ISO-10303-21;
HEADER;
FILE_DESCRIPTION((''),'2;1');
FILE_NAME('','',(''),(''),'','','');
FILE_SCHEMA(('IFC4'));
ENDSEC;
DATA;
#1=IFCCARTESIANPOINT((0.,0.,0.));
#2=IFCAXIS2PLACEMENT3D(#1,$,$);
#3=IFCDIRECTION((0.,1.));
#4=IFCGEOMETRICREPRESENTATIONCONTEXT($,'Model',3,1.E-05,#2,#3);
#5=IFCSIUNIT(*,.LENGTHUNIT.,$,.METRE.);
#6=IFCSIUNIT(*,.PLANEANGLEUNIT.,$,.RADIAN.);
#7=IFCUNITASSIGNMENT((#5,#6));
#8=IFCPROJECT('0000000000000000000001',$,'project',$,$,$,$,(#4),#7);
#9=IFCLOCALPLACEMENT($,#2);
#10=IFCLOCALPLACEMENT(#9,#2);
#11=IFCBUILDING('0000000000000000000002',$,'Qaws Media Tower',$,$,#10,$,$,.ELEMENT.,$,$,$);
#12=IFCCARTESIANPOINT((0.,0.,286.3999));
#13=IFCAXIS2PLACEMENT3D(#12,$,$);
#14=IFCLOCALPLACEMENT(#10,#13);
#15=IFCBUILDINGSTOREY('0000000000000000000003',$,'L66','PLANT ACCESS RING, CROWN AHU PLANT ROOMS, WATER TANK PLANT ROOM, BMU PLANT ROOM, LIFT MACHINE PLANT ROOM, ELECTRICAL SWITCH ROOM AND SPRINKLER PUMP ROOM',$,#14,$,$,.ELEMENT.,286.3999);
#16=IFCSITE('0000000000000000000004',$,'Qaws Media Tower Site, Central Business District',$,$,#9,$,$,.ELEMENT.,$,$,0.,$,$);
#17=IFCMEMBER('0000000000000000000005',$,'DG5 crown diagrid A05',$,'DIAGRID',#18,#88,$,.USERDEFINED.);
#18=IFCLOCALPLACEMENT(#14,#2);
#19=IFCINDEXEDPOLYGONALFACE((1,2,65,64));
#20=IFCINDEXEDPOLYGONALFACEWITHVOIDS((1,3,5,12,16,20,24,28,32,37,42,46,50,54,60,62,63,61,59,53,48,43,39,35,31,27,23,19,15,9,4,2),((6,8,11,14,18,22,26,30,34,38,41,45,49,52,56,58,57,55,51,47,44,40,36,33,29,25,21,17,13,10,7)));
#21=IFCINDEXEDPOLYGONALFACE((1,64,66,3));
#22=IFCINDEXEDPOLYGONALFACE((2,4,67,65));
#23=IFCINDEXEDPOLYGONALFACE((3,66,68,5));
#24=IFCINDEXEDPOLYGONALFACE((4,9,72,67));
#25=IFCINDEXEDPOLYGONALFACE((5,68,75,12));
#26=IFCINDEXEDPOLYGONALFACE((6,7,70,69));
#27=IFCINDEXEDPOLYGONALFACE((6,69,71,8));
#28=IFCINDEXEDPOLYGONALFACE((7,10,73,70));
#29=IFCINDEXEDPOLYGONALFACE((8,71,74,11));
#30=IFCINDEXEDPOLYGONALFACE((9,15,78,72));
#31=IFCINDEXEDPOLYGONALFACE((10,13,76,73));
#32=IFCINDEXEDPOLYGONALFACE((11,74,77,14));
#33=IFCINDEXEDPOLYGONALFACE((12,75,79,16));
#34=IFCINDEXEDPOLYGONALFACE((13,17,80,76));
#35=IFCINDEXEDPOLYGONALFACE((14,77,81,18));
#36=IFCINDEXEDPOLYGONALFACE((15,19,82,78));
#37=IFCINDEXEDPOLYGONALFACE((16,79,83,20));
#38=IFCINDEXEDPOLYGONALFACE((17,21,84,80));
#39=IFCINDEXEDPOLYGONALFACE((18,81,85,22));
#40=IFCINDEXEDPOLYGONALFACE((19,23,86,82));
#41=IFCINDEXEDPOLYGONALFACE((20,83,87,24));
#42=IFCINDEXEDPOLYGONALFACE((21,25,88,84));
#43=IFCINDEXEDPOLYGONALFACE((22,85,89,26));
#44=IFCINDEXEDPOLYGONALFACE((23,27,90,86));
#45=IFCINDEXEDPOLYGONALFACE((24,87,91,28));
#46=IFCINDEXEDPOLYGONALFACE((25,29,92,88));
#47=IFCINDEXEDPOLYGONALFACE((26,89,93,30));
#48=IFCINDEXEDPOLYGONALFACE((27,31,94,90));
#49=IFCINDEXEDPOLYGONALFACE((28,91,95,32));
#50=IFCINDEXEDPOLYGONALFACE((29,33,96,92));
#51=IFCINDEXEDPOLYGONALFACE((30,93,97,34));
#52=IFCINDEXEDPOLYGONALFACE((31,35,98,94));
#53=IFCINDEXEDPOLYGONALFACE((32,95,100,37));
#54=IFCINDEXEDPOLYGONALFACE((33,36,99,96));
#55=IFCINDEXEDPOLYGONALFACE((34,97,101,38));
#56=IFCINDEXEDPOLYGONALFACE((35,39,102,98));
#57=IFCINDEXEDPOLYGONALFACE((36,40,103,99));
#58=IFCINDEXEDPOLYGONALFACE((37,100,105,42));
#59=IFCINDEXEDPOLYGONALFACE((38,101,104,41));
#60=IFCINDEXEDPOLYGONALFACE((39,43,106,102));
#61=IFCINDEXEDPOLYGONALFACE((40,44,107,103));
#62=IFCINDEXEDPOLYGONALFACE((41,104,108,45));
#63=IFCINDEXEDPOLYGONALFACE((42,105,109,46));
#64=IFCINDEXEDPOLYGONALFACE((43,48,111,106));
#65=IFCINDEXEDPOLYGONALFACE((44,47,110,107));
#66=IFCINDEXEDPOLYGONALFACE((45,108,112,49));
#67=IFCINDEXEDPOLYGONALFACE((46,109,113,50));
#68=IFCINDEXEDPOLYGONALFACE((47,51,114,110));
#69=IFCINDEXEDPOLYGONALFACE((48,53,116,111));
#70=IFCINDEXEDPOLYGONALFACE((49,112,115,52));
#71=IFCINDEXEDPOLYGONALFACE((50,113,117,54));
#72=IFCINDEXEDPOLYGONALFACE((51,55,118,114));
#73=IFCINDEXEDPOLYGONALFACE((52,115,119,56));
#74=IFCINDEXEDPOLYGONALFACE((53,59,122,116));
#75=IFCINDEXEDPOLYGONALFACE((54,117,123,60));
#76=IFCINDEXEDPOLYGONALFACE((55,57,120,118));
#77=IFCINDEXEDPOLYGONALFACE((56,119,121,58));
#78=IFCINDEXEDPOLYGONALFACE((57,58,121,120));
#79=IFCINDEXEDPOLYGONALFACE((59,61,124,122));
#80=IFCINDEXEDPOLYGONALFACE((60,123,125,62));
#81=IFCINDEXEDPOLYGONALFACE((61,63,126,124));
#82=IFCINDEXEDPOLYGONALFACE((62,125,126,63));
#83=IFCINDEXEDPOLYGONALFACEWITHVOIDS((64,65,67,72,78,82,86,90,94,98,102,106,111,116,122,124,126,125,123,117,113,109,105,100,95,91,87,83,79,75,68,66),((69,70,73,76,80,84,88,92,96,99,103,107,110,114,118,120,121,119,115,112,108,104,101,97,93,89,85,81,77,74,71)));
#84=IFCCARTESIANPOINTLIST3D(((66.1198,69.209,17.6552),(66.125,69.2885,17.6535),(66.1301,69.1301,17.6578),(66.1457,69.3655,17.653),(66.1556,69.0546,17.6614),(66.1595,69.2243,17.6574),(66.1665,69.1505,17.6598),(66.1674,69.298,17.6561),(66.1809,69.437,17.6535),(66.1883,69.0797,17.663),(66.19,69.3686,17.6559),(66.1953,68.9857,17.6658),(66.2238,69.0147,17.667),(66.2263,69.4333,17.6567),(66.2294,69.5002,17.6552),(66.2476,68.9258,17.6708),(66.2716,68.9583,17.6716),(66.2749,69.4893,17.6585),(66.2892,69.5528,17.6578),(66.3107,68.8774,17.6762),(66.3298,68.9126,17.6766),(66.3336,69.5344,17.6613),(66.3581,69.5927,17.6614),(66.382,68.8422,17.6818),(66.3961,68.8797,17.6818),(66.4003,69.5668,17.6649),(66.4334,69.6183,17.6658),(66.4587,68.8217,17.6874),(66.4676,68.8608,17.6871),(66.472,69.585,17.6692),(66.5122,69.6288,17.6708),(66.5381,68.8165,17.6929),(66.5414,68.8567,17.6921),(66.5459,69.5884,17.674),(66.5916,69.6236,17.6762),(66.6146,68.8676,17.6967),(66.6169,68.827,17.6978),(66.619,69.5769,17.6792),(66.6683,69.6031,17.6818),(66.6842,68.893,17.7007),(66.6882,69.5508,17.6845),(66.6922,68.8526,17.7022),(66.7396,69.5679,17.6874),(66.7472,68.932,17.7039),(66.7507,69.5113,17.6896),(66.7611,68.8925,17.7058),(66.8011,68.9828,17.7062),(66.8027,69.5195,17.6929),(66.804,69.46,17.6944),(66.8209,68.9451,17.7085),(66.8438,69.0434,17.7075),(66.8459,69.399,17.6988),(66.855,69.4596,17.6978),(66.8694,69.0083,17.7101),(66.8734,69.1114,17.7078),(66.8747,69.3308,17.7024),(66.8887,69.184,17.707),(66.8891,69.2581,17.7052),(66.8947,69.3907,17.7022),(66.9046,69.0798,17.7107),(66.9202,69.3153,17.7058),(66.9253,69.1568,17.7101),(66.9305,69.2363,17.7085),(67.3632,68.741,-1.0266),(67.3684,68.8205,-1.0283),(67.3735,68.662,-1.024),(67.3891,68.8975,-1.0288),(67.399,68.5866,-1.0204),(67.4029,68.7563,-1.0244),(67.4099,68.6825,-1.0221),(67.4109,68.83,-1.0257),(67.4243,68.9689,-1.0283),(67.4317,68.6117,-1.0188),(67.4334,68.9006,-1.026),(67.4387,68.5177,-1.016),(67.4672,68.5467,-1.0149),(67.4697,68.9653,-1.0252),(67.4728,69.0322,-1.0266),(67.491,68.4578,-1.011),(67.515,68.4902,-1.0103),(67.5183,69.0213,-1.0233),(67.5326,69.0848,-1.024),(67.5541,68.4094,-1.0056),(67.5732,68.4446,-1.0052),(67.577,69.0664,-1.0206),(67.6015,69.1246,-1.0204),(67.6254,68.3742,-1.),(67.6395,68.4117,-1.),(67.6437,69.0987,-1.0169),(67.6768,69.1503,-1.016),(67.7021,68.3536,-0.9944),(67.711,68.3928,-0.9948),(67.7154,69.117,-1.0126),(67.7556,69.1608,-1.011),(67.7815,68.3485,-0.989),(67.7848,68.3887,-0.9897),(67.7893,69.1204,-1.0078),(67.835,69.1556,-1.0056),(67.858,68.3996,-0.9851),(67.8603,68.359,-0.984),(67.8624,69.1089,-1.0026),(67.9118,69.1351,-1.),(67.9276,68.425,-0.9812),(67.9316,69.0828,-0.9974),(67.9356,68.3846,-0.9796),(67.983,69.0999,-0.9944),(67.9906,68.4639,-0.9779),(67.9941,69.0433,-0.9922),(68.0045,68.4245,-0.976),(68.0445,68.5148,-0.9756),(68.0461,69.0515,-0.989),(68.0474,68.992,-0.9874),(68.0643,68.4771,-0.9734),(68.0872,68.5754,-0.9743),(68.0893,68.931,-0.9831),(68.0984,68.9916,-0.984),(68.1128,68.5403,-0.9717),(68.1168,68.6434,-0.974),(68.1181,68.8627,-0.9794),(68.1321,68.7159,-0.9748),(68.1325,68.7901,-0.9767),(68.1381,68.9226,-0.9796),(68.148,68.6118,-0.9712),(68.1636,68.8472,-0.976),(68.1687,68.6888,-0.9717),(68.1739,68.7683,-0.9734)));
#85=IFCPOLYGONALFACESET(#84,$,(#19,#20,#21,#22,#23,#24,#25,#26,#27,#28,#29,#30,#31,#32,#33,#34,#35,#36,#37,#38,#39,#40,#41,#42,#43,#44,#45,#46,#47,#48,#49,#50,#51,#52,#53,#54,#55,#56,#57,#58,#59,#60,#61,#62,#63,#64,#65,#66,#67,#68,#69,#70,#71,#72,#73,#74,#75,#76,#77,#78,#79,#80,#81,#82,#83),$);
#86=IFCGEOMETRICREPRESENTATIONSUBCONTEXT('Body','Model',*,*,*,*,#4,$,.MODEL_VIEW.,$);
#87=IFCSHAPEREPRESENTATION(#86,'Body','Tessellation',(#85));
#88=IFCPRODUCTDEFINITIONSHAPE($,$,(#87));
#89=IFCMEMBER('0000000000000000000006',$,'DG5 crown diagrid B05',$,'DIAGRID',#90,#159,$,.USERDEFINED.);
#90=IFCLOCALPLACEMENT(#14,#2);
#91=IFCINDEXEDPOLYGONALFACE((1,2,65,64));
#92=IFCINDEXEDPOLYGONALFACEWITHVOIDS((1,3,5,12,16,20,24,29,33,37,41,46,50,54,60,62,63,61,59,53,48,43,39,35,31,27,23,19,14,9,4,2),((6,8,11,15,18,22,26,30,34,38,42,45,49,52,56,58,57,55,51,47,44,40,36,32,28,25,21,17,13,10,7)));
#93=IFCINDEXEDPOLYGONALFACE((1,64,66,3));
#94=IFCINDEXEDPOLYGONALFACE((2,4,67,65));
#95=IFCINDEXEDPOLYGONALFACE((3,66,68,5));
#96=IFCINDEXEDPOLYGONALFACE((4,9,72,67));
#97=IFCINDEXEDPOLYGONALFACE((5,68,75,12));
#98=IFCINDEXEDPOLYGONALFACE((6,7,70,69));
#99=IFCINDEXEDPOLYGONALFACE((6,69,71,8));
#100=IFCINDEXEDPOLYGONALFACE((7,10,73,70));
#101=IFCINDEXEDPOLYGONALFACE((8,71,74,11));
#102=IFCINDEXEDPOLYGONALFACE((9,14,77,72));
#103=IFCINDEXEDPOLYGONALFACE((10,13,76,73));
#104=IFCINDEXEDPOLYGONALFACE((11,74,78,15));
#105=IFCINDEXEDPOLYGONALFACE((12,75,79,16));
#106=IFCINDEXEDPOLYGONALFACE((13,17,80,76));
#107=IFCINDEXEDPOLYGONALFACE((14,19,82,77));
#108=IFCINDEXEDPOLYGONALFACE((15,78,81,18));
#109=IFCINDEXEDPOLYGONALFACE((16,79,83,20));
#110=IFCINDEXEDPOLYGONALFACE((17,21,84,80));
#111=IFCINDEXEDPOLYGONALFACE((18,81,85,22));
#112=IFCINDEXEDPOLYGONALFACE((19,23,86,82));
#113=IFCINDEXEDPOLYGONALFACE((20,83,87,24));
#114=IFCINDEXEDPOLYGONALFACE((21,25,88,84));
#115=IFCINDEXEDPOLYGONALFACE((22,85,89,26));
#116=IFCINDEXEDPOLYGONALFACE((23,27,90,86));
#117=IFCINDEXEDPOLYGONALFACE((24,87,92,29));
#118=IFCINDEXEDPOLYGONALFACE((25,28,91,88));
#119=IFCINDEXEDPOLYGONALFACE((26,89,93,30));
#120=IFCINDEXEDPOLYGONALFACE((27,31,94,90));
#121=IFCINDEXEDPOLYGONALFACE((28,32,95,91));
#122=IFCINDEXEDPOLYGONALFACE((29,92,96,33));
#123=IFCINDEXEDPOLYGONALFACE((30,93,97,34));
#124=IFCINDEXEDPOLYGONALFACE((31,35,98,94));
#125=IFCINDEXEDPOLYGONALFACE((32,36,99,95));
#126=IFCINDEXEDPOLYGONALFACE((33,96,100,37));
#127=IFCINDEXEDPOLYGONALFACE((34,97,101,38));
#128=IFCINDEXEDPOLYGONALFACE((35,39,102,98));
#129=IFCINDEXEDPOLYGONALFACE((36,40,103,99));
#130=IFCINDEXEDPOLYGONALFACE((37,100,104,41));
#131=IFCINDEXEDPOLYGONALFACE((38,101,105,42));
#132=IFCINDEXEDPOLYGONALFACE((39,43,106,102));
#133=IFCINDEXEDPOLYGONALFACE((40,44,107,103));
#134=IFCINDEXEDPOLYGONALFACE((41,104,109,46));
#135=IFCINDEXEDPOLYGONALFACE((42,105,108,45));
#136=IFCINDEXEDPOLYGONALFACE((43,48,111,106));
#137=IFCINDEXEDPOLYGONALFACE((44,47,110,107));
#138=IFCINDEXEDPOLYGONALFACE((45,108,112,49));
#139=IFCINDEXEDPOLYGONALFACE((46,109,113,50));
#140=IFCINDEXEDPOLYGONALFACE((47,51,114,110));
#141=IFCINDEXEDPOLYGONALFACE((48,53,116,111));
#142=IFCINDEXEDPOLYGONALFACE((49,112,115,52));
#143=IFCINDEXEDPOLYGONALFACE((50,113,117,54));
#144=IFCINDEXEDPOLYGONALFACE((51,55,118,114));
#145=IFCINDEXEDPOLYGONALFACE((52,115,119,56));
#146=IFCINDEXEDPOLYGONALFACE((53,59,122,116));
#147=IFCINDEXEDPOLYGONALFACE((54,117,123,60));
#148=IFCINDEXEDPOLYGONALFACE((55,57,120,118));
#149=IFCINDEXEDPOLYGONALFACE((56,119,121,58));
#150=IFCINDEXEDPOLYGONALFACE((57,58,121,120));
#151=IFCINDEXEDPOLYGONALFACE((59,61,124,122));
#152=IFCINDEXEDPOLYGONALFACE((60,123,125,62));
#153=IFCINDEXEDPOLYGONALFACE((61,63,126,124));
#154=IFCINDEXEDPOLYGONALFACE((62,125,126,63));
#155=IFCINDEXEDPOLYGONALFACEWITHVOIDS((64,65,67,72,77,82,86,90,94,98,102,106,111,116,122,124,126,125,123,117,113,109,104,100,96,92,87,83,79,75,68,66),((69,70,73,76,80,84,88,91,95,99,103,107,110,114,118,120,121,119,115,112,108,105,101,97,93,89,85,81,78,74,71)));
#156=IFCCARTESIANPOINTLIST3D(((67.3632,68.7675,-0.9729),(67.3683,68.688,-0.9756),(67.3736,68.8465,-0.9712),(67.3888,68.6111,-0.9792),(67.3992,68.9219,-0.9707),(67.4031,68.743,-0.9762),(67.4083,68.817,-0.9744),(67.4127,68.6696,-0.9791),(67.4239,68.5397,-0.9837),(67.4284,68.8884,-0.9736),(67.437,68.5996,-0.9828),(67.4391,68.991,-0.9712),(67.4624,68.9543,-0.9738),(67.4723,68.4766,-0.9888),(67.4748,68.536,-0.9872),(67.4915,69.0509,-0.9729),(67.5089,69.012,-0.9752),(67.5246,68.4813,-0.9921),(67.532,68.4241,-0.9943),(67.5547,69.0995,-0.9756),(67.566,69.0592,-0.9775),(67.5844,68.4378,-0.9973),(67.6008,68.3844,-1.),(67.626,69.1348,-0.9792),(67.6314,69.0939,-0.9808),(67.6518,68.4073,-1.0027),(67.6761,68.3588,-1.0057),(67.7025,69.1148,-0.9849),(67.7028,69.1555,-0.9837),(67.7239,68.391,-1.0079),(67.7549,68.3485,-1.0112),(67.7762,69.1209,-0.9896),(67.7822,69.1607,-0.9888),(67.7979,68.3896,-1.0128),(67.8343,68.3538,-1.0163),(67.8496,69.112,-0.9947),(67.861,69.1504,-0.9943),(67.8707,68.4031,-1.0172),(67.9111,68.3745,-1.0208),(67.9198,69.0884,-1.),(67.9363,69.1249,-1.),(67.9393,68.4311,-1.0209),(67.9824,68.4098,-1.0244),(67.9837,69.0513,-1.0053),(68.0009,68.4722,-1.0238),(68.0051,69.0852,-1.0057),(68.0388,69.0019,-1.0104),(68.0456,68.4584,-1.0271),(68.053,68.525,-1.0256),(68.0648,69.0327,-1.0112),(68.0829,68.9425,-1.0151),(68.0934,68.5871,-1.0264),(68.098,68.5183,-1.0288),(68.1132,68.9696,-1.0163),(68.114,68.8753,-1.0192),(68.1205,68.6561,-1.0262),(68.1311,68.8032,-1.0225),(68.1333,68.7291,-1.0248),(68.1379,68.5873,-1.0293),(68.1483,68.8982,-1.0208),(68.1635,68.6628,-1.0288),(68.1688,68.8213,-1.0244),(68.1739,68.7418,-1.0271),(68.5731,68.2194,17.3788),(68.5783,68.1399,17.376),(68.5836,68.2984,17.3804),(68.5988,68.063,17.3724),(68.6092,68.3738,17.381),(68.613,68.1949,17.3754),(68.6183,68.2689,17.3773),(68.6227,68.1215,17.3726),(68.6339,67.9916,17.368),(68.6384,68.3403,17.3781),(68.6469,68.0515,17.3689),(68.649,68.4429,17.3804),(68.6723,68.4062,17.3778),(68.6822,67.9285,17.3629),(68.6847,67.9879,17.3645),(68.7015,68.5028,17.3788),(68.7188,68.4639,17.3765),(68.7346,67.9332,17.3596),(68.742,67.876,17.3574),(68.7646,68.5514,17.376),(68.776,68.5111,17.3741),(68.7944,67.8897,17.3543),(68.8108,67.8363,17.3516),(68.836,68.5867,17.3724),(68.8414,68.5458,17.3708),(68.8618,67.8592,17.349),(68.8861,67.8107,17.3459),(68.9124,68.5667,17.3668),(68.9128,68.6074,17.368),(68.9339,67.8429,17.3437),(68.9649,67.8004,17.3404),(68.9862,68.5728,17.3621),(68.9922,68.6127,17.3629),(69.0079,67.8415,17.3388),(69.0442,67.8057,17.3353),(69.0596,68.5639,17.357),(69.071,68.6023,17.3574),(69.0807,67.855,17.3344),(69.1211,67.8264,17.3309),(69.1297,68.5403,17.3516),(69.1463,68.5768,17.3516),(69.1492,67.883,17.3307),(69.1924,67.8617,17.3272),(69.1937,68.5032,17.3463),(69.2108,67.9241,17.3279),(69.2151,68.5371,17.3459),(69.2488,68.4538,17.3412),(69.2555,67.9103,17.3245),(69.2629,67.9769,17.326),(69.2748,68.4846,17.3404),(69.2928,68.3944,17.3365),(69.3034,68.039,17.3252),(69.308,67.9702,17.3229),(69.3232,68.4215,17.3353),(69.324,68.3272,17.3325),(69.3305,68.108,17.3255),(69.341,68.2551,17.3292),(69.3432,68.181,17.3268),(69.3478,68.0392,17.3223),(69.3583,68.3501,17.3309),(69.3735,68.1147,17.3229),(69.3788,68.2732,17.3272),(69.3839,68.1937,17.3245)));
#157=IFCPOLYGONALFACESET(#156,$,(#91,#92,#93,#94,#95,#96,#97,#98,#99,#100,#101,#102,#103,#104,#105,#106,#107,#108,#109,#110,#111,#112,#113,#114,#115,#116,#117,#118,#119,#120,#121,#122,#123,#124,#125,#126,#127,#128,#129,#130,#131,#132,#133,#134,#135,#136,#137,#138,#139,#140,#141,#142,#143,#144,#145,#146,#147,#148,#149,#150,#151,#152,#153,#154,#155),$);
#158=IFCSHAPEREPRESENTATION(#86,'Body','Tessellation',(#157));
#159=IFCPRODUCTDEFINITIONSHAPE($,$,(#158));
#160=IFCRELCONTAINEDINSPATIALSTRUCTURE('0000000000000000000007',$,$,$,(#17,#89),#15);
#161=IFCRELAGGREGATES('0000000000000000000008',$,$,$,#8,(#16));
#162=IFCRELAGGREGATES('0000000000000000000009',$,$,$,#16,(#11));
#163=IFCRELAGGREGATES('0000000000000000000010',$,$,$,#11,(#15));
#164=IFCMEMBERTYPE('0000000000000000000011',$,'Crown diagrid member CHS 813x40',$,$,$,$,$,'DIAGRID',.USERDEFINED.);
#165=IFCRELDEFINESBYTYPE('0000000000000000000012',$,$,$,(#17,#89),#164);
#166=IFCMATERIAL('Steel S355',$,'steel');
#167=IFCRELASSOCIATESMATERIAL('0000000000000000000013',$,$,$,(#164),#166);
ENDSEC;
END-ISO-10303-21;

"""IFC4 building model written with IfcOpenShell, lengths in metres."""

from ifc_helpers import new_model, si_unit, direction, frame, origin, origin_2d, place, context, subcontext, project, spatial, hollow_circle, extrude, material, material_profile, profile_set, type_object, element, save


model = new_model("IFC4")

# Units and contexts
model_context = context("Model", 3, precision=1e-05, world=origin(), true_north=direction((0.0, 1.0)))
body_context = subcontext(model_context, "Body", "Model", "MODEL_VIEW")
ifc_project = project(units=[si_unit("LENGTHUNIT", "METRE"), si_unit("PLANEANGLEUNIT", "RADIAN")], contexts=[model_context])

# Site, building, storey
site_placement = place(None, origin())
site = spatial("IfcSite", under=ifc_project, at=site_placement, Name="Qaws Media Tower Site, Central Business District", CompositionType="ELEMENT", RefElevation=0.0)
building_placement = place(site_placement, origin())
building = spatial("IfcBuilding", under=site, at=building_placement, Name="Qaws Media Tower", CompositionType="ELEMENT")
storey_placement = place(building_placement, frame((0.0, 0.0, 286.3999)))
storey = spatial("IfcBuildingStorey", under=building, at=storey_placement, Name="L66", Description="PLANT ACCESS RING, CROWN AHU PLANT ROOMS, WATER TANK PLANT ROOM, BMU PLANT ROOM, LIFT MACHINE PLANT ROOM, ELECTRICAL SWITCH ROOM AND SPRINKLER PUMP ROOM", CompositionType="ELEMENT", Elevation=286.3999)

# Members
ifc_material_1 = material(Name="Steel S355", Category="steel")
ifc_material_profile_1 = material_profile(ifc_material_1, hollow_circle(Radius=0.4065, WallThickness=0.04, at=origin_2d()), Name="CHS 813x40")
ifc_profile_set_1 = profile_set([ifc_material_profile_1], Name="Steel S355")
member_type = type_object("IfcMemberType", Name="Crown diagrid member CHS 813x40", ElementType="DIAGRID", PredefinedType="USERDEFINED", material=ifc_profile_set_1)
member_1_placement = place(storey_placement, frame((67.7686, 68.7546, -1.0), z_axis=(-0.066389, 0.024989, 0.997481), x_axis=(-0.352271, -0.935898, 0.0)))
element("IfcMember", 1, at=member_1_placement, inside=storey, type_object=member_type, Name="DG5 crown diagrid A05", ObjectType="DIAGRID", PredefinedType="USERDEFINED", context=body_context, shape_type="SweptSolid", body=[
    extrude(hollow_circle(Radius=0.4065, WallThickness=0.04, at=origin_2d()), origin(), (0.0, 0.0, 1.0), 18.729),
])
member_2_placement = place(storey_placement, frame((67.7686, 68.7546, -1.0), z_axis=(0.06576, -0.029789, 0.997391), x_axis=(0.412626, 0.910901, 0.0)))
element("IfcMember", 2, at=member_2_placement, inside=storey, type_object=member_type, Name="DG5 crown diagrid B05", ObjectType="DIAGRID", PredefinedType="USERDEFINED", context=body_context, shape_type="SweptSolid", body=[
    extrude(hollow_circle(Radius=0.4065, WallThickness=0.04, at=origin_2d()), origin(), (0.0, 0.0, 1.0), 18.3997),
])

save(model, "model.ifc")
